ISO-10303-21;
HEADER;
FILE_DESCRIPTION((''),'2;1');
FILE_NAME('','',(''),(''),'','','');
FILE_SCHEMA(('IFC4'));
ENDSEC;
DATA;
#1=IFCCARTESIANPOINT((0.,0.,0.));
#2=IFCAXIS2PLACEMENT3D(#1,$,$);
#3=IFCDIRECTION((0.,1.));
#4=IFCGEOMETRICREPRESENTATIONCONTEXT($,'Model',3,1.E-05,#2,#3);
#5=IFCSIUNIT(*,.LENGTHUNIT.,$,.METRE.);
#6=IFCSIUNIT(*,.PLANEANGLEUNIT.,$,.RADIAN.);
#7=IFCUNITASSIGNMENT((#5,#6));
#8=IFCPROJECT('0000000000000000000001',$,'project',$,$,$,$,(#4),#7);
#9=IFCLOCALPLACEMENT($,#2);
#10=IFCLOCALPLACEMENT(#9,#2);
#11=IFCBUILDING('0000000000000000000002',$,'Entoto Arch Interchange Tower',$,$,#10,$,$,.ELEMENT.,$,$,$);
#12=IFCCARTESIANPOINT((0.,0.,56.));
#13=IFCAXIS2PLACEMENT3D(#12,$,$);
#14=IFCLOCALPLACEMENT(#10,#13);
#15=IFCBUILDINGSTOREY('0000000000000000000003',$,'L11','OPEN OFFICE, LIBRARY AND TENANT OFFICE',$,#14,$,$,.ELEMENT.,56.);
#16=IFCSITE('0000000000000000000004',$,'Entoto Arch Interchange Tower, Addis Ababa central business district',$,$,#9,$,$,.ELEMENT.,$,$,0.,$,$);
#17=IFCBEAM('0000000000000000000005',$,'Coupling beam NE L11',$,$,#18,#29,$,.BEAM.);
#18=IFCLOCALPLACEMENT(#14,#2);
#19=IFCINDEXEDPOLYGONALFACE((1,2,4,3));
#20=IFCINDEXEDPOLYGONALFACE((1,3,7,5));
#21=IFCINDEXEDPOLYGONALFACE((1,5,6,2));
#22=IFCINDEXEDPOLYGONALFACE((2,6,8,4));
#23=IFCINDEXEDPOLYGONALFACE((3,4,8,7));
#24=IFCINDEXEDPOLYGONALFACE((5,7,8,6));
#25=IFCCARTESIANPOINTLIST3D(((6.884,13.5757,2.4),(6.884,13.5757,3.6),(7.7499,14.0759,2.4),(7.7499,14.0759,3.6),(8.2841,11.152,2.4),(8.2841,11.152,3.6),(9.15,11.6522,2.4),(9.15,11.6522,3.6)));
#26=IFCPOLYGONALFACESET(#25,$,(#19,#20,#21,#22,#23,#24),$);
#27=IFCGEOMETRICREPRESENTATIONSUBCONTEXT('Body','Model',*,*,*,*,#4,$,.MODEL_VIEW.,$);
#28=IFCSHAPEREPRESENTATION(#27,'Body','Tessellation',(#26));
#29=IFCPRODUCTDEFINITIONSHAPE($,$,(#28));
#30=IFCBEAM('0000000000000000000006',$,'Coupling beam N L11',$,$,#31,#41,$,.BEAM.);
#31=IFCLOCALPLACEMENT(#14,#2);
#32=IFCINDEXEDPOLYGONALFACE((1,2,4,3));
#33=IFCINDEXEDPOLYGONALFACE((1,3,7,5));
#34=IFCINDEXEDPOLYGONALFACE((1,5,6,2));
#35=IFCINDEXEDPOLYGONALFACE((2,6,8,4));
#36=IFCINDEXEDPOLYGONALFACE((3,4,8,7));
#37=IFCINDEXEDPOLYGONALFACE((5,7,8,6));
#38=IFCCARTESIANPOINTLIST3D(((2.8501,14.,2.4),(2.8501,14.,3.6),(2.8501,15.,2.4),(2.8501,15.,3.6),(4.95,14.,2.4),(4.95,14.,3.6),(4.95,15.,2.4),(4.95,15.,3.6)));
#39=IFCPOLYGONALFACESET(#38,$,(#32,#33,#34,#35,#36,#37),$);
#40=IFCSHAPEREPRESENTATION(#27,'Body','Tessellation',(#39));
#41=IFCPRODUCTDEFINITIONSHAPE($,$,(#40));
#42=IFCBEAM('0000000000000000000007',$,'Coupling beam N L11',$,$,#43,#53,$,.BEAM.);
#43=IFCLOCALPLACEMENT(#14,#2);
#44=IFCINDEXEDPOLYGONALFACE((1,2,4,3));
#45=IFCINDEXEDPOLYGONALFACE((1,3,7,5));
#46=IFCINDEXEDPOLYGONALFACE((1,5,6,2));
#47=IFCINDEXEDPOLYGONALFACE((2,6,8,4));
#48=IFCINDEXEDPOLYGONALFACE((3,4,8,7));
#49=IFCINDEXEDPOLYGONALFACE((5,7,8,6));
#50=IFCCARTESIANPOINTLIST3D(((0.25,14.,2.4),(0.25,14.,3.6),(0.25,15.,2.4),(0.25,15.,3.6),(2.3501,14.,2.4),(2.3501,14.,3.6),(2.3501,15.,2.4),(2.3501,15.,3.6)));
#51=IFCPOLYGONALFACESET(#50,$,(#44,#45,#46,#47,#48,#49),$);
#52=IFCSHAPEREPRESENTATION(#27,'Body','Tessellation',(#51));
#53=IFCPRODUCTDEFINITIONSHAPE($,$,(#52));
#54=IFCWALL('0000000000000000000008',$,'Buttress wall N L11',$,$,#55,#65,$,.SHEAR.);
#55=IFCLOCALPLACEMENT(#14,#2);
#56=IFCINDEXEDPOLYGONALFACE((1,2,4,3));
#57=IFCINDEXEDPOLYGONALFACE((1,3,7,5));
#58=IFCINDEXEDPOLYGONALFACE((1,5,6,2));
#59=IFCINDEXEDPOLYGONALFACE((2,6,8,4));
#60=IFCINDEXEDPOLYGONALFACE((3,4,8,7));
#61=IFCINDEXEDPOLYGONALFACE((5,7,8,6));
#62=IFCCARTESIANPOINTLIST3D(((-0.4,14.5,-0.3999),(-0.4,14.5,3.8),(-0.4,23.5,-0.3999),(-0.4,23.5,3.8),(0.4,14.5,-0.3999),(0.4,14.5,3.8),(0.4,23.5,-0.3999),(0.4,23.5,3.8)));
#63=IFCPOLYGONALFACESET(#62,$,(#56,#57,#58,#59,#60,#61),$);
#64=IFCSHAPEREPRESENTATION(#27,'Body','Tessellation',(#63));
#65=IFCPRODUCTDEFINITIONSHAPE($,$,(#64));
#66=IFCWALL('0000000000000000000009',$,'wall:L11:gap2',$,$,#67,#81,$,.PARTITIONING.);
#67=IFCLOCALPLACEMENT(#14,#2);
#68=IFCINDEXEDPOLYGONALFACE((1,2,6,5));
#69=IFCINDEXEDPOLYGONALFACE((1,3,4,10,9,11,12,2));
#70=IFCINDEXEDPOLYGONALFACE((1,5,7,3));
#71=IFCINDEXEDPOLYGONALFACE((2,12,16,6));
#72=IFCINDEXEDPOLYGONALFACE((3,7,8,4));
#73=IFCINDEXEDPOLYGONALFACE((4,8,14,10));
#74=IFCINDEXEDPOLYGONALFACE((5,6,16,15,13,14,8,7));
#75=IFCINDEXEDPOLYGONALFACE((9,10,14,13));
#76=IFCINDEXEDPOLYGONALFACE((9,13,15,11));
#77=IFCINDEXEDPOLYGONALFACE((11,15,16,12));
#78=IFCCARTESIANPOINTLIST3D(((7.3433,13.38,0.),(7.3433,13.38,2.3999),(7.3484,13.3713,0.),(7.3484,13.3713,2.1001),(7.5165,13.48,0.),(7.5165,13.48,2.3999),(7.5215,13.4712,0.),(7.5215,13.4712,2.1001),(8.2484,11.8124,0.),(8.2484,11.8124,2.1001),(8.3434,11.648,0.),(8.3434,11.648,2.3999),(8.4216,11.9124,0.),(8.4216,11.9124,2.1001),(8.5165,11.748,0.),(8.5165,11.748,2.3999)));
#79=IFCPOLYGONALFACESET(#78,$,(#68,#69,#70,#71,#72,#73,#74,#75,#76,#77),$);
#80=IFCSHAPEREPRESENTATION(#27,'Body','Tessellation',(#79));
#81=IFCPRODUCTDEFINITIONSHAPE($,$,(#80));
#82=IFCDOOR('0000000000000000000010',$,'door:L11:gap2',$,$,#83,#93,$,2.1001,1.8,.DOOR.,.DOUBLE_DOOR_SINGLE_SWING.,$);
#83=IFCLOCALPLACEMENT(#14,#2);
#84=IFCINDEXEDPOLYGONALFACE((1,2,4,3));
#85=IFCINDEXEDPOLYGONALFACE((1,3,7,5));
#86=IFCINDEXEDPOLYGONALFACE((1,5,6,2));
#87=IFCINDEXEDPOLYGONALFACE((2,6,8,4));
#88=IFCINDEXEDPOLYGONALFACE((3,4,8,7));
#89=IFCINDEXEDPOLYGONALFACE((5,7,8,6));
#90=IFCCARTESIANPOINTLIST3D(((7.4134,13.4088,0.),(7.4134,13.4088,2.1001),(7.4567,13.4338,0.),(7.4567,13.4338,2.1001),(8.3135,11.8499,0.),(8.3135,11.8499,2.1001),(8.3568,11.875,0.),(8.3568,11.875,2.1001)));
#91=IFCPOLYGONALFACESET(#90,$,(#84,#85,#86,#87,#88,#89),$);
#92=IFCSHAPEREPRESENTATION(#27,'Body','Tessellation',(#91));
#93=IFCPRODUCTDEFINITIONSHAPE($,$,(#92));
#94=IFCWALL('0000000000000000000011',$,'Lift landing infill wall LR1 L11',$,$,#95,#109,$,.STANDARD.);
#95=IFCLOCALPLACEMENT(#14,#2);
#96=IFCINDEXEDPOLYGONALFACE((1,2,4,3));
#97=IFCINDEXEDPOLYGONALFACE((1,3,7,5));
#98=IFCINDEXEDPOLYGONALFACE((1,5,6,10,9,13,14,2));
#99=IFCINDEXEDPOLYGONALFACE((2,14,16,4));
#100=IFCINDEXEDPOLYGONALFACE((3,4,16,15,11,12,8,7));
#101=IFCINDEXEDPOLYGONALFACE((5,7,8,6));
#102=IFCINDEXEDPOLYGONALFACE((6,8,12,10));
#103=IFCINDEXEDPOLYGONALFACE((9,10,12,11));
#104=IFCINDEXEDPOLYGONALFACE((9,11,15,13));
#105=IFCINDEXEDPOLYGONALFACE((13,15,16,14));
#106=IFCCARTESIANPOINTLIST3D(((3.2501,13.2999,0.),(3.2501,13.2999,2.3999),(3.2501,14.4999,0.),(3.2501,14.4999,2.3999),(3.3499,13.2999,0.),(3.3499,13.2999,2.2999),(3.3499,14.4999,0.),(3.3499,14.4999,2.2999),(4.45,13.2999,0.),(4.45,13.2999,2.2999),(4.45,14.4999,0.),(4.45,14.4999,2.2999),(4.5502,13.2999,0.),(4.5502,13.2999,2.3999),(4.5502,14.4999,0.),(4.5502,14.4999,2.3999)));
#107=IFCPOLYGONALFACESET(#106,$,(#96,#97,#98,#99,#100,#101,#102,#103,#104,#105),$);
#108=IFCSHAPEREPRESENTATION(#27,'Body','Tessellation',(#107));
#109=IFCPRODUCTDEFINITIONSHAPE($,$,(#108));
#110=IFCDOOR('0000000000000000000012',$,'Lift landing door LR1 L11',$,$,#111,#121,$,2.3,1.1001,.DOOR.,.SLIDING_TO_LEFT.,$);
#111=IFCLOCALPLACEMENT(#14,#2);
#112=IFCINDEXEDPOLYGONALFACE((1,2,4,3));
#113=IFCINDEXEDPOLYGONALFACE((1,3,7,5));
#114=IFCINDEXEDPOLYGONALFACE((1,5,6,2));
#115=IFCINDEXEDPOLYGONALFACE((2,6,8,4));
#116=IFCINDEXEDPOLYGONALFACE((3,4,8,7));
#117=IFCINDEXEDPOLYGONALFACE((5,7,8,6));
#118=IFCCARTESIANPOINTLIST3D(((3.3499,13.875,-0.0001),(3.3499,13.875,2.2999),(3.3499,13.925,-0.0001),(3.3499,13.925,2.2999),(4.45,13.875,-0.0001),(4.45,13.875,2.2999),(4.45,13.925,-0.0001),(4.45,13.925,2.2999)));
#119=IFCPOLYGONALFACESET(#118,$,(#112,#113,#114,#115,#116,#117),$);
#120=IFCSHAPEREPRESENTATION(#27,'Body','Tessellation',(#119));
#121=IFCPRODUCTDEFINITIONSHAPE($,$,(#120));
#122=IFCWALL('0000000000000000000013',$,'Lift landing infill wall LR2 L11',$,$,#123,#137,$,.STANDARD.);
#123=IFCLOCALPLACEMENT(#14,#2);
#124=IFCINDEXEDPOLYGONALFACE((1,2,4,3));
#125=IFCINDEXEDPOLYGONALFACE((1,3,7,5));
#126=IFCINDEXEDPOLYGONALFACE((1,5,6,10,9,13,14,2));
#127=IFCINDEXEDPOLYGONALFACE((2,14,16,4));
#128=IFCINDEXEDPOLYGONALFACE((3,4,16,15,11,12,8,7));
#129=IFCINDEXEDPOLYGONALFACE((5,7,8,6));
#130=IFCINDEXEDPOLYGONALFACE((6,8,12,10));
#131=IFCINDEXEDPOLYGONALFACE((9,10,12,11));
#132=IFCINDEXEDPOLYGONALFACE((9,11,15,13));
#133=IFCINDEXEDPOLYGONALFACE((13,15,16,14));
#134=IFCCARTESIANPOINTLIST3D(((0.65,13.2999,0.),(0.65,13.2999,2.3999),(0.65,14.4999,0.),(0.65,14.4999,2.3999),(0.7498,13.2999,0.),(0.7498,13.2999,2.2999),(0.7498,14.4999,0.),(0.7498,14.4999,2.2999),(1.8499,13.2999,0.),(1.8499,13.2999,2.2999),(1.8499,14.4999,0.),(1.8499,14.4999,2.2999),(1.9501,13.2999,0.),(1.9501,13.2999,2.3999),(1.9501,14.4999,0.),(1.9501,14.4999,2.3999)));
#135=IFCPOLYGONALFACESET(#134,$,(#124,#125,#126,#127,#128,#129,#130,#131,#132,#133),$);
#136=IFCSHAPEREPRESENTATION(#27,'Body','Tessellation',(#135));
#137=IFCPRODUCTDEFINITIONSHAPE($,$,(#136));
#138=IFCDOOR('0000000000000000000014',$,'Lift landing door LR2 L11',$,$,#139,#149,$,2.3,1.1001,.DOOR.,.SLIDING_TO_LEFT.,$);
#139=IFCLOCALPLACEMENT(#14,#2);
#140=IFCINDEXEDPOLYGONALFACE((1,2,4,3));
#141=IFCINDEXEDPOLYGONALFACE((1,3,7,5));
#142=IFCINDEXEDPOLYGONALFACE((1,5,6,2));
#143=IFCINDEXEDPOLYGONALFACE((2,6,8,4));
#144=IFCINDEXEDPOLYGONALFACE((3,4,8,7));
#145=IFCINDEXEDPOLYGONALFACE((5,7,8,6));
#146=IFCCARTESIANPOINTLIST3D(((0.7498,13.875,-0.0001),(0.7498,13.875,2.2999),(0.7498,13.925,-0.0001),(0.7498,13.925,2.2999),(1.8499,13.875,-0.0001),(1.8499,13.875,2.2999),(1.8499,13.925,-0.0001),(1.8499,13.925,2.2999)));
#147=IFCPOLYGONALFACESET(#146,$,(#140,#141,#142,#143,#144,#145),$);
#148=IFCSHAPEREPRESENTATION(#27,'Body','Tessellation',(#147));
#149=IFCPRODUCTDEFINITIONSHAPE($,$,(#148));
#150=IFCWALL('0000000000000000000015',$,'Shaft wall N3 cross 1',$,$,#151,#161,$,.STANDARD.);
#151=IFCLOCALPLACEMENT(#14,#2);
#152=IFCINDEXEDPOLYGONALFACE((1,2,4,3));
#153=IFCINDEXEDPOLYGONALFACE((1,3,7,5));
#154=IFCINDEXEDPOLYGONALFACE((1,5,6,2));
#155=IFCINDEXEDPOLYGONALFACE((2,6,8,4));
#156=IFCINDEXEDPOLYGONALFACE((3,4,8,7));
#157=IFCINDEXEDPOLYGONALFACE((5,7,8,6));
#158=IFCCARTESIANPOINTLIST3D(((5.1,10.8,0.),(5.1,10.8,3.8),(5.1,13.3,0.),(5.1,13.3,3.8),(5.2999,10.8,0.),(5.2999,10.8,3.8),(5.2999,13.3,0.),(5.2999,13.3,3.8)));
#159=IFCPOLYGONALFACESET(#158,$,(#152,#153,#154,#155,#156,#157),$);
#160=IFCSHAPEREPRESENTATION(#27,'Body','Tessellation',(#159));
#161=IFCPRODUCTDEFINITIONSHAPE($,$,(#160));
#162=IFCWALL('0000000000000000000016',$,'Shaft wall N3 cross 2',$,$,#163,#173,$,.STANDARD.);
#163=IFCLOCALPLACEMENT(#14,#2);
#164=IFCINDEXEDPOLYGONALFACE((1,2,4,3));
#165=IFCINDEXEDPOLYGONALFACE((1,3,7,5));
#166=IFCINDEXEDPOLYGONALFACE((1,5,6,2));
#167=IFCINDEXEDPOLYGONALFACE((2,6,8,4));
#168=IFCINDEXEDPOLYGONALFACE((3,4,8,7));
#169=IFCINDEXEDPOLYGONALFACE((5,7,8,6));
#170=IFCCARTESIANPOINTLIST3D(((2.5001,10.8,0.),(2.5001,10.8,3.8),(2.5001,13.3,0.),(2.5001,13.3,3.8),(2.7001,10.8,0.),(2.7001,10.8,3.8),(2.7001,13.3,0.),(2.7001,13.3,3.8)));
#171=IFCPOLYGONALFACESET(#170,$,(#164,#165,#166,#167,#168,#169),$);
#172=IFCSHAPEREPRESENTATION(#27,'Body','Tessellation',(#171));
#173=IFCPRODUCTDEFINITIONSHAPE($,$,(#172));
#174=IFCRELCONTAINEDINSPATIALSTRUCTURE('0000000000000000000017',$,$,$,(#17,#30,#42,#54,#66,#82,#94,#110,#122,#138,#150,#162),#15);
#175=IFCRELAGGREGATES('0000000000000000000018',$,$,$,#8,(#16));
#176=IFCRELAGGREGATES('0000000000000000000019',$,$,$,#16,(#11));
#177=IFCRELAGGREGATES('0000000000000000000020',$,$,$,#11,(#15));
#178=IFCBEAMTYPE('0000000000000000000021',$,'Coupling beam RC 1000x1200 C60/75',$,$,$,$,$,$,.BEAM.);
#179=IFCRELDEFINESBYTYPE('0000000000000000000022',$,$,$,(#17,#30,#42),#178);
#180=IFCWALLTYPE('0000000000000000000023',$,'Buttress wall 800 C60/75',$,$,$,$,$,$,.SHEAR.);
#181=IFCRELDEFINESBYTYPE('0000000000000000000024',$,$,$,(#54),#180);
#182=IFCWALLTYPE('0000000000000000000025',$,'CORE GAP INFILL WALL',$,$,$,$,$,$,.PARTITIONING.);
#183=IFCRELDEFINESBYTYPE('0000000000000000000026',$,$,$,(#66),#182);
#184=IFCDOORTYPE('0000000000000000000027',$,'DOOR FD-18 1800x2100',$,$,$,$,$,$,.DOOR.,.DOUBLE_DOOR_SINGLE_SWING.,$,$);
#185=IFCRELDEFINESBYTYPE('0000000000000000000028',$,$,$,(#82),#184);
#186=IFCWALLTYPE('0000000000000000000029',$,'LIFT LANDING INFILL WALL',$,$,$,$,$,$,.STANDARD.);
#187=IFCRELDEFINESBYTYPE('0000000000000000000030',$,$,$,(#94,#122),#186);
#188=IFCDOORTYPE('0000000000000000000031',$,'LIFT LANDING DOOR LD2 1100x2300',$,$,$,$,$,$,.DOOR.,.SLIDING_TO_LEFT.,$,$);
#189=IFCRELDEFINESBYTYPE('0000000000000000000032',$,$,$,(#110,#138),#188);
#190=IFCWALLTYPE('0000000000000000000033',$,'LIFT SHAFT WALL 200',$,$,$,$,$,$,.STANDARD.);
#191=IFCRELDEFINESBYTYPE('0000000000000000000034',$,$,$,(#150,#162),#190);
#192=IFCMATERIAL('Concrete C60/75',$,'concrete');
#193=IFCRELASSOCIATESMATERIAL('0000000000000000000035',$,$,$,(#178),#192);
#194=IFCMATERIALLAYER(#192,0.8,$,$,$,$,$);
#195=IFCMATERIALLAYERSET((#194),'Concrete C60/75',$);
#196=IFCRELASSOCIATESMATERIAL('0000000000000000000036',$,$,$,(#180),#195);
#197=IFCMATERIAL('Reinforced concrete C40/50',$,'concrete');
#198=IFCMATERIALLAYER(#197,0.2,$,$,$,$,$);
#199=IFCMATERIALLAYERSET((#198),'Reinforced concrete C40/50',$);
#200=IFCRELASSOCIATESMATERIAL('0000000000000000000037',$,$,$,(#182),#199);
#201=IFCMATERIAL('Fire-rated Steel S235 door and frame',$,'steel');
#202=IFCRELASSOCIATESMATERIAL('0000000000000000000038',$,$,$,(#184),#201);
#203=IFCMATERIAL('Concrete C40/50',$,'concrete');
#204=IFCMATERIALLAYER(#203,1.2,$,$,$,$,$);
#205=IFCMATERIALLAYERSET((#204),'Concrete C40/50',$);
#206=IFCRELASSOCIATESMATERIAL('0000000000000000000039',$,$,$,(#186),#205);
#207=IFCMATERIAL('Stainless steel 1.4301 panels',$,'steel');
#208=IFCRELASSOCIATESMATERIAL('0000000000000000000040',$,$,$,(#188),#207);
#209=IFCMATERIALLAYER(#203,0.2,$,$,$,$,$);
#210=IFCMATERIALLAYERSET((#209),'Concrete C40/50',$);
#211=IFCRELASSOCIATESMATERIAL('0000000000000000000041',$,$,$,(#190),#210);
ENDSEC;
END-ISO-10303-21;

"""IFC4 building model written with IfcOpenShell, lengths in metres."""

from ifc_helpers import new_model, si_unit, direction, frame, frame_2d, origin, origin_2d, place, context, subcontext, project, spatial, rectangle, extrude, material, layer, layer_set, material_profile, profile_set, type_object, element, fill, save


model = new_model("IFC4")

# Units and contexts
model_context = context("Model", 3, precision=1e-05, world=origin(), true_north=direction((0.0, 1.0)))
body_context = subcontext(model_context, "Body", "Model", "MODEL_VIEW")
ifc_project = project(units=[si_unit("LENGTHUNIT", "METRE"), si_unit("PLANEANGLEUNIT", "RADIAN")], contexts=[model_context])

# Site, building, storey
site_placement = place(None, origin())
site = spatial("IfcSite", under=ifc_project, at=site_placement, Name="Entoto Arch Interchange Tower, Addis Ababa central business district", CompositionType="ELEMENT", RefElevation=0.0)
building_placement = place(site_placement, origin())
building = spatial("IfcBuilding", under=site, at=building_placement, Name="Entoto Arch Interchange Tower", CompositionType="ELEMENT")
storey_placement = place(building_placement, frame((0.0, 0.0, 56.0)))
storey = spatial("IfcBuildingStorey", under=building, at=storey_placement, Name="L11", Description="OPEN OFFICE, LIBRARY AND TENANT OFFICE", CompositionType="ELEMENT", Elevation=56.0)

# Beams
ifc_material_1 = material(Name="Concrete C60/75", Category="concrete")
ifc_material_profile = material_profile(ifc_material_1, rectangle(XDim=1.0, YDim=1.2, at=origin_2d()))
ifc_profile_set = profile_set([ifc_material_profile], Name="Concrete C60/75")
beam_type = type_object("IfcBeamType", Name="Coupling beam RC 1000x1200 C60/75", PredefinedType="BEAM", material=ifc_profile_set)
beam_1_placement = place(storey_placement, frame((8.717, 11.4021, 3.0), z_axis=(-0.500201, 0.86591, 0.0), x_axis=(-0.86591, -0.500201, 0.0)))
element("IfcBeam", 1, at=beam_1_placement, inside=storey, type_object=beam_type, Name="Coupling beam NE L11", PredefinedType="BEAM", context=body_context, shape_type="SweptSolid", body=[
    extrude(rectangle(XDim=1.0, YDim=1.2, at=origin_2d()), origin(), (0.0, 0.0, 1.0), 2.7991),
])
beam_2_placement = place(storey_placement, frame((4.95, 14.5, 3.0), z_axis=(-1.0, 0.0, 0.0), x_axis=(0.0, -1.0, 0.0)))
element("IfcBeam", 2, at=beam_2_placement, inside=storey, type_object=beam_type, Name="Coupling beam N L11", PredefinedType="BEAM", context=body_context, shape_type="SweptSolid", body=[
    extrude(rectangle(XDim=1.0, YDim=1.2, at=origin_2d()), origin(), (0.0, 0.0, 1.0), 2.0999),
])
beam_3_placement = place(storey_placement, frame((2.3501, 14.5, 3.0), z_axis=(-1.0, 0.0, 0.0), x_axis=(0.0, -1.0, 0.0)))
element("IfcBeam", 3, at=beam_3_placement, inside=storey, type_object=beam_type, Name="Coupling beam N L11", PredefinedType="BEAM", context=body_context, shape_type="SweptSolid", body=[
    extrude(rectangle(XDim=1.0, YDim=1.2, at=origin_2d()), origin(), (0.0, 0.0, 1.0), 2.1001),
])

# Wall
ifc_layer_1 = layer(ifc_material_1, 0.8)
ifc_layer_set_1 = layer_set([ifc_layer_1], Name="Concrete C60/75")
wall_type_1 = type_object("IfcWallType", Name="Buttress wall 800 C60/75", PredefinedType="SHEAR", material=ifc_layer_set_1)
wall_1_placement = place(storey_placement, frame((0.0, 14.5, -0.3999), z_axis=(0.0, 0.0, 1.0), x_axis=(0.0, 1.0, 0.0)))
element("IfcWall", 4, at=wall_1_placement, inside=storey, type_object=wall_type_1, Name="Buttress wall N L11", PredefinedType="SHEAR", context=body_context, shape_type="SweptSolid", body=[
    extrude(rectangle(XDim=9.0, YDim=0.8, at=frame_2d((4.5, 0.0))), origin(), (0.0, 0.0, 1.0), 4.2),
])

# Walls, openings, doors
ifc_material_2 = material(Name="Reinforced concrete C40/50", Category="concrete")
ifc_layer_2 = layer(ifc_material_2, 0.2)
ifc_layer_set_2 = layer_set([ifc_layer_2], Name="Reinforced concrete C40/50")
wall_type_2 = type_object("IfcWallType", Name="CORE GAP INFILL WALL", PredefinedType="PARTITIONING", material=ifc_layer_set_2)
wall_2_placement = place(storey_placement, frame((8.4299, 11.698, 0.0), z_axis=(0.0, 0.0, 1.0), x_axis=(-0.500025, 0.866011, 0.0)))
wall_2 = element("IfcWall", 5, at=wall_2_placement, inside=storey, type_object=wall_type_2, Name="wall:L11:gap2", PredefinedType="PARTITIONING", context=body_context, shape_type="SweptSolid", body=[
    extrude(rectangle(XDim=2.0, YDim=0.2, at=frame_2d((1.0, 0.0))), origin(), (0.0, 0.0, 1.0), 2.3999),
])
opening_1_placement = place(wall_2_placement, frame((0.1899, 0.0, 0.0)))
opening_1 = element("IfcOpeningElement", 6, at=opening_1_placement, cuts=wall_2, PredefinedType="OPENING", context=body_context, shape_type="SweptSolid", body=[
    extrude(rectangle(XDim=1.8, YDim=2.1001, at=frame_2d((0.8999, 1.05))), frame((0.0, 0.1099, 0.0), z_axis=(0.0, -1.0, 0.0), x_axis=(1.0, 0.0, 0.0)), (0.0, 0.0, 1.0), 0.22),
])
ifc_material_3 = material(Name="Fire-rated Steel S235 door and frame", Category="steel")
door_type_1 = type_object("IfcDoorType", Name="DOOR FD-18 1800x2100", OperationType="DOUBLE_DOOR_SINGLE_SWING", PredefinedType="DOOR", material=ifc_material_3)
door_1_placement = place(opening_1_placement, origin())
door_1 = element("IfcDoor", 7, at=door_1_placement, inside=storey, type_object=door_type_1, Name="door:L11:gap2", OperationType="DOUBLE_DOOR_SINGLE_SWING", OverallHeight=2.1001, OverallWidth=1.8, PredefinedType="DOOR", context=body_context, shape_type="SweptSolid", body=[
    extrude(rectangle(XDim=1.8, YDim=2.1001, at=frame_2d((0.8999, 1.05))), frame((0.0, 0.0249, 0.0), z_axis=(0.0, -1.0, 0.0), x_axis=(1.0, 0.0, 0.0)), (0.0, 0.0, 1.0), 0.05),
])
fill(opening_1, door_1)
ifc_material_4 = material(Name="Concrete C40/50", Category="concrete")
ifc_layer_3 = layer(ifc_material_4, 1.2)
ifc_layer_set_3 = layer_set([ifc_layer_3], Name="Concrete C40/50")
wall_type_3 = type_object("IfcWallType", Name="LIFT LANDING INFILL WALL", PredefinedType="STANDARD", material=ifc_layer_set_3)
wall_3_placement = place(storey_placement, frame((4.55, 13.8999, 0.0), z_axis=(0.0, 0.0, 1.0), x_axis=(-1.0, 0.0, 0.0)))
wall_3 = element("IfcWall", 8, at=wall_3_placement, inside=storey, type_object=wall_type_3, Name="Lift landing infill wall LR1 L11", PredefinedType="STANDARD", context=body_context, shape_type="SweptSolid", body=[
    extrude(rectangle(XDim=1.3, YDim=1.2, at=frame_2d((0.6499, 0.0))), origin(), (0.0, 0.0, 1.0), 2.3999),
])
opening_2_placement = place(wall_3_placement, frame((0.1001, 0.0, 0.0)))
opening_2 = element("IfcOpeningElement", 9, at=opening_2_placement, cuts=wall_3, PredefinedType="OPENING", context=body_context, shape_type="SweptSolid", body=[
    extrude(rectangle(XDim=1.1001, YDim=2.3, at=frame_2d((0.55, 1.1499))), frame((0.0, 0.6099, 0.0), z_axis=(0.0, -1.0, 0.0), x_axis=(1.0, 0.0, 0.0)), (0.0, 0.0, 1.0), 1.22),
])
ifc_material_5 = material(Name="Stainless steel 1.4301 panels", Category="steel")
door_type_2 = type_object("IfcDoorType", Name="LIFT LANDING DOOR LD2 1100x2300", OperationType="SLIDING_TO_LEFT", PredefinedType="DOOR", material=ifc_material_5)
door_2_placement = place(opening_2_placement, origin())
door_2 = element("IfcDoor", 10, at=door_2_placement, inside=storey, type_object=door_type_2, Name="Lift landing door LR1 L11", OperationType="SLIDING_TO_LEFT", OverallHeight=2.3, OverallWidth=1.1001, PredefinedType="DOOR", context=body_context, shape_type="SweptSolid", body=[
    extrude(rectangle(XDim=1.1001, YDim=2.3, at=frame_2d((0.55, 1.1499))), frame((0.0, 0.0249, 0.0), z_axis=(0.0, -1.0, 0.0), x_axis=(1.0, 0.0, 0.0)), (0.0, 0.0, 1.0), 0.05),
])
fill(opening_2, door_2)
wall_4_placement = place(storey_placement, frame((1.95, 13.8999, 0.0), z_axis=(0.0, 0.0, 1.0), x_axis=(-1.0, 0.0, 0.0)))
wall_4 = element("IfcWall", 11, at=wall_4_placement, inside=storey, type_object=wall_type_3, Name="Lift landing infill wall LR2 L11", PredefinedType="STANDARD", context=body_context, shape_type="SweptSolid", body=[
    extrude(rectangle(XDim=1.3, YDim=1.2, at=frame_2d((0.6499, 0.0))), origin(), (0.0, 0.0, 1.0), 2.3999),
])
opening_3_placement = place(wall_4_placement, frame((0.1001, 0.0, 0.0)))
opening_3 = element("IfcOpeningElement", 12, at=opening_3_placement, cuts=wall_4, PredefinedType="OPENING", context=body_context, shape_type="SweptSolid", body=[
    extrude(rectangle(XDim=1.1001, YDim=2.3, at=frame_2d((0.55, 1.1499))), frame((0.0, 0.6099, 0.0), z_axis=(0.0, -1.0, 0.0), x_axis=(1.0, 0.0, 0.0)), (0.0, 0.0, 1.0), 1.22),
])
door_3_placement = place(opening_3_placement, origin())
door_3 = element("IfcDoor", 13, at=door_3_placement, inside=storey, type_object=door_type_2, Name="Lift landing door LR2 L11", OperationType="SLIDING_TO_LEFT", OverallHeight=2.3, OverallWidth=1.1001, PredefinedType="DOOR", context=body_context, shape_type="SweptSolid", body=[
    extrude(rectangle(XDim=1.1001, YDim=2.3, at=frame_2d((0.55, 1.1499))), frame((0.0, 0.0249, 0.0), z_axis=(0.0, -1.0, 0.0), x_axis=(1.0, 0.0, 0.0)), (0.0, 0.0, 1.0), 0.05),
])
fill(opening_3, door_3)

# Walls
ifc_layer_4 = layer(ifc_material_4, 0.2)
ifc_layer_set_4 = layer_set([ifc_layer_4], Name="Concrete C40/50")
wall_type_4 = type_object("IfcWallType", Name="LIFT SHAFT WALL 200", PredefinedType="STANDARD", material=ifc_layer_set_4)
for number, where, z_axis, x_axis, name in (
    (14, (5.2, 10.8, 0.0), (0.0, 0.0, 1.0), (0.0, 1.0, 0.0), "Shaft wall N3 cross 1"),
    (15, (2.6001, 10.8, 0.0), (0.0, 0.0, 1.0), (0.0, 1.0, 0.0), "Shaft wall N3 cross 2"),
):
    element("IfcWall", number, at=place(storey_placement, frame(where, z_axis=z_axis, x_axis=x_axis)), inside=storey, type_object=wall_type_4, Name=name, PredefinedType="STANDARD", context=body_context, shape_type="SweptSolid", body=[
        extrude(rectangle(XDim=2.5, YDim=0.2, at=frame_2d((1.25, 0.0))), origin(), (0.0, 0.0, 1.0), 3.8),
    ])

save(model, "model.ifc")
